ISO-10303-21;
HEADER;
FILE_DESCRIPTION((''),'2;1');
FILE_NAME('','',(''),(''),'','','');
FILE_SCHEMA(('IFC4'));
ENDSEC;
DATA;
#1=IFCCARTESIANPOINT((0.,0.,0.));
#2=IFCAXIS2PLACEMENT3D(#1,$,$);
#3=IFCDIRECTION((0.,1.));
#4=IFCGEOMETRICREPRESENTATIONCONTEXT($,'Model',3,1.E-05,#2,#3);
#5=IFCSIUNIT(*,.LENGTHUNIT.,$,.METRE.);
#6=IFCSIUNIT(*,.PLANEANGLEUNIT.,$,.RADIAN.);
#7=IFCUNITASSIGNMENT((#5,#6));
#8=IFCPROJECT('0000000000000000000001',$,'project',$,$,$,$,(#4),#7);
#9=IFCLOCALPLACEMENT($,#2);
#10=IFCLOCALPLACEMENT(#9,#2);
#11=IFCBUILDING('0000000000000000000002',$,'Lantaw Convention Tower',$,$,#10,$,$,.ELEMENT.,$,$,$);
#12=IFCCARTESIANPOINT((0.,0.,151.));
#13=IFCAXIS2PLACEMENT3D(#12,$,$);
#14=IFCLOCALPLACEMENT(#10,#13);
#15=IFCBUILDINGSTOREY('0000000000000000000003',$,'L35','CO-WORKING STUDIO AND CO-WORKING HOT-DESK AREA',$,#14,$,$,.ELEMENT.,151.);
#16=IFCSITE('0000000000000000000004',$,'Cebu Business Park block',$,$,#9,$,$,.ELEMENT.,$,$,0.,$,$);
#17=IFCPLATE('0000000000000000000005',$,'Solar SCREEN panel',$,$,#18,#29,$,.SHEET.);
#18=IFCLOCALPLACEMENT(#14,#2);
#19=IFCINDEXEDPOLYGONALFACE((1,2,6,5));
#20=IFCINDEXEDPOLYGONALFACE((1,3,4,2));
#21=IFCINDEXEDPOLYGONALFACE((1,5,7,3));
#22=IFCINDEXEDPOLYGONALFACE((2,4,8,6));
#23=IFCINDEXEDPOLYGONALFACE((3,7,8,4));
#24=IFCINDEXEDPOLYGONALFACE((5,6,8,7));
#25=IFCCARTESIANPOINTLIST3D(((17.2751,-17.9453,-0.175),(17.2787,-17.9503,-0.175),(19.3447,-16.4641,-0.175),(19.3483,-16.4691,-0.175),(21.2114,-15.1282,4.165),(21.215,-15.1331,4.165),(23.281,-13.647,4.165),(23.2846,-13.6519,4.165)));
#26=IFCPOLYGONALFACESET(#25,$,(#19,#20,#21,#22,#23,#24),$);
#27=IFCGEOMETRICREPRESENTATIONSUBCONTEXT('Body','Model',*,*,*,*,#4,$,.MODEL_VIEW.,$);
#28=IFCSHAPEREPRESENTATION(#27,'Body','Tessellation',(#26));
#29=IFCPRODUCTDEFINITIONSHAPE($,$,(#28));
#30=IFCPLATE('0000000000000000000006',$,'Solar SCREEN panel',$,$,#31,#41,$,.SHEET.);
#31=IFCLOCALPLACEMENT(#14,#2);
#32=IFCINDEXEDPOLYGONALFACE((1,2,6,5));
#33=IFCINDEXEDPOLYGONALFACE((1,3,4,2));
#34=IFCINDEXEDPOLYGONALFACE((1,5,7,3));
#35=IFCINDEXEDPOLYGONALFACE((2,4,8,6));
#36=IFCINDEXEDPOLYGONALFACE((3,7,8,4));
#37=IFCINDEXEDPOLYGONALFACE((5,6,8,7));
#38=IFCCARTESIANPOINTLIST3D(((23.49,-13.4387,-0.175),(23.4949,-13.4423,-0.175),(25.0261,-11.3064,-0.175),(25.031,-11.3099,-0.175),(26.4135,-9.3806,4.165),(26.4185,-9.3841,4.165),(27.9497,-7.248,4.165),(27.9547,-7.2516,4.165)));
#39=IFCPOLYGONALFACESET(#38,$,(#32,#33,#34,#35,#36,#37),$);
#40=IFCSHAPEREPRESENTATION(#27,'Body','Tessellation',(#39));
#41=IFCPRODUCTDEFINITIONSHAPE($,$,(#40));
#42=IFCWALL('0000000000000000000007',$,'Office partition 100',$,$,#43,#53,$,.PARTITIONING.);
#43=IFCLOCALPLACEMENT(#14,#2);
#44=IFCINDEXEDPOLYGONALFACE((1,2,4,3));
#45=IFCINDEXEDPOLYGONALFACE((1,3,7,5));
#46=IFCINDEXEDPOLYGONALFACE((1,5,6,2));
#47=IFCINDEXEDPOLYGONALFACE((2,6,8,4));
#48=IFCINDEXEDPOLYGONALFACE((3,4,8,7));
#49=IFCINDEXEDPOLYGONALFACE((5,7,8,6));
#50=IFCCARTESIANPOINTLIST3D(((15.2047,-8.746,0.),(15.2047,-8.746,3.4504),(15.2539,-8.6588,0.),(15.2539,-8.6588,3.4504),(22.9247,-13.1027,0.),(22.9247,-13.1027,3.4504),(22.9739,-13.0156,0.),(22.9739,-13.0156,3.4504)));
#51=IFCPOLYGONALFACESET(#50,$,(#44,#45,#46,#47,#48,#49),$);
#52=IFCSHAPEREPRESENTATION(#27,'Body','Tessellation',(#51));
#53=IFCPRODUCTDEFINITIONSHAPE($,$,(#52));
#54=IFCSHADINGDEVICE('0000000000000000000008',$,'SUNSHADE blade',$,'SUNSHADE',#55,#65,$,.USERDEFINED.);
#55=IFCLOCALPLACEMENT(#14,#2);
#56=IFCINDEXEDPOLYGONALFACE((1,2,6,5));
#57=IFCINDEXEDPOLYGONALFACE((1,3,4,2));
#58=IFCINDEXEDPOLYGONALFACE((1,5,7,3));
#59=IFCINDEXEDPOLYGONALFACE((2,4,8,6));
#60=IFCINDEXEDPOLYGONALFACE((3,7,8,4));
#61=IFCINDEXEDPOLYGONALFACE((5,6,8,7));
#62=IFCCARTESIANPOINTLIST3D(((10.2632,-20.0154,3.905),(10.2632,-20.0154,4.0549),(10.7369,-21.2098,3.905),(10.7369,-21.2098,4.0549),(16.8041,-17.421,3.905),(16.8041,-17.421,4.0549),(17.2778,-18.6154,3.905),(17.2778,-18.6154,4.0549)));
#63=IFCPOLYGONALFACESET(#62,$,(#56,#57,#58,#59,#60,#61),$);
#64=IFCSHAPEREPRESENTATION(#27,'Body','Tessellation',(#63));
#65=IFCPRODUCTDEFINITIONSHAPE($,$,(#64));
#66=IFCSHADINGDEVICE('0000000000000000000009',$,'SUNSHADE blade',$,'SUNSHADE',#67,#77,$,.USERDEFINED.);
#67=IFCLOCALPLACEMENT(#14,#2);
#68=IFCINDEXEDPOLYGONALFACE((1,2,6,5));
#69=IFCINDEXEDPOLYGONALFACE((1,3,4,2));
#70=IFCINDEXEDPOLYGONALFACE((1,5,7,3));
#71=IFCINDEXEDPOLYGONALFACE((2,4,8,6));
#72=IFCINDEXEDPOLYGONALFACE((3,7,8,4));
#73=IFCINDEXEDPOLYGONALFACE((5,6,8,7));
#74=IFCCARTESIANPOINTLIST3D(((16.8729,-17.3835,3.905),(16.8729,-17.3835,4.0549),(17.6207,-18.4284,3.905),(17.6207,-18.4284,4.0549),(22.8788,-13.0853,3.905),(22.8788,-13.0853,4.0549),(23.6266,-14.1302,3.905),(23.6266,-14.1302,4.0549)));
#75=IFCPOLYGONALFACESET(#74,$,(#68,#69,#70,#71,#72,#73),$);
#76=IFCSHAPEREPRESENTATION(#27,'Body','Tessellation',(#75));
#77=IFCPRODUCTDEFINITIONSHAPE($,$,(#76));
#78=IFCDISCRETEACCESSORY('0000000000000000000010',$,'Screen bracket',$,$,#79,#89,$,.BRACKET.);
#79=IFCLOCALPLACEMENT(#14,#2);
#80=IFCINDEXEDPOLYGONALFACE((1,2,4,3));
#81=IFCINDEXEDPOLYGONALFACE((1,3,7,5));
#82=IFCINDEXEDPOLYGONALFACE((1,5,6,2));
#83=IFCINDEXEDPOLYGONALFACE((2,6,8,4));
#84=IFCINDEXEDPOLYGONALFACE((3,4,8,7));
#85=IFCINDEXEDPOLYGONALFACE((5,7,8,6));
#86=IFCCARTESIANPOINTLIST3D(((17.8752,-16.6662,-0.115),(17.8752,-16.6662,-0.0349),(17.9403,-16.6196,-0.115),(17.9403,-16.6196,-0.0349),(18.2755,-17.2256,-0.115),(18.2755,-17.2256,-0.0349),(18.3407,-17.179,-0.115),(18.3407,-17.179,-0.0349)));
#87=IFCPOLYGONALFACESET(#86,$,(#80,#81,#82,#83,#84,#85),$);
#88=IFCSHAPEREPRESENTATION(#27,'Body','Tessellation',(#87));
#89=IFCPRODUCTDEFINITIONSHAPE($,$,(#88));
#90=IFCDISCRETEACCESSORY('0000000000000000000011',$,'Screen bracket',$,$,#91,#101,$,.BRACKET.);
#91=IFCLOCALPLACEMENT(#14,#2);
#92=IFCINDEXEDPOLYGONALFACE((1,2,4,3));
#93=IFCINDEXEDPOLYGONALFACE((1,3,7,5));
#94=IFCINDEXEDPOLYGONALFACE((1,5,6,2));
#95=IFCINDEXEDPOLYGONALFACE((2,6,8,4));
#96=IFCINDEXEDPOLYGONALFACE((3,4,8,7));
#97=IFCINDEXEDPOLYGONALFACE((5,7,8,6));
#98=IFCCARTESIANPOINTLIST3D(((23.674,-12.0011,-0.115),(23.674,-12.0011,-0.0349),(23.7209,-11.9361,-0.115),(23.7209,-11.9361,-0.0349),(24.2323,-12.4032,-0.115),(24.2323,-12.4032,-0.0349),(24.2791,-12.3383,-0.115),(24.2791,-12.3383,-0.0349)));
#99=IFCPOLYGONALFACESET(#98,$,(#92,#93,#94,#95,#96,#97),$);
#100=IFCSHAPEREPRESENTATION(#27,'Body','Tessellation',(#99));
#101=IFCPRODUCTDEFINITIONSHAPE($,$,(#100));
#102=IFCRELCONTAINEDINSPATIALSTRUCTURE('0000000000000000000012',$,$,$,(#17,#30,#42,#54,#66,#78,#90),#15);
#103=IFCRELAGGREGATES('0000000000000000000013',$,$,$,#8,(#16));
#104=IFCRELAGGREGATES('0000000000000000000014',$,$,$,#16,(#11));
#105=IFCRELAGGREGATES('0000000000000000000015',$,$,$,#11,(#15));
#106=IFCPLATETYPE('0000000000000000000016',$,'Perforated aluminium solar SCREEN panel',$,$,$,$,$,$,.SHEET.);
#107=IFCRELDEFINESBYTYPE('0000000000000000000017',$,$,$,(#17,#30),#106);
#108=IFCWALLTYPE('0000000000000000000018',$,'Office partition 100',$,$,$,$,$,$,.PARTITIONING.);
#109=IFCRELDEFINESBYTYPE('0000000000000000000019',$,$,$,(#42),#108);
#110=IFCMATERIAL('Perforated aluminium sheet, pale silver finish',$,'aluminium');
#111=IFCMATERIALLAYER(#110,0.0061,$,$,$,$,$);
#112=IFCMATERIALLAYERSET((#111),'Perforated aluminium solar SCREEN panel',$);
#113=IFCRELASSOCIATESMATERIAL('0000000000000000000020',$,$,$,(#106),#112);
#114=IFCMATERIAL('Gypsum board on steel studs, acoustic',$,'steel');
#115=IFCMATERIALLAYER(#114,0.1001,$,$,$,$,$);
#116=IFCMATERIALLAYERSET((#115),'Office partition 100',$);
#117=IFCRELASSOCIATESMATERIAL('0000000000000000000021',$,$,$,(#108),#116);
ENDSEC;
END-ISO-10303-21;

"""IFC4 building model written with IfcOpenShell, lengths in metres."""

from ifc_helpers import new_model, si_unit, direction, frame, frame_2d, origin, origin_2d, place, context, subcontext, project, spatial, polyline, rectangle, outline, extrude, material, layer, layer_set, type_object, element, save


model = new_model("IFC4")

# Units and contexts
model_context = context("Model", 3, precision=1e-05, world=origin(), true_north=direction((0.0, 1.0)))
body_context = subcontext(model_context, "Body", "Model", "MODEL_VIEW")
ifc_project = project(units=[si_unit("LENGTHUNIT", "METRE"), si_unit("PLANEANGLEUNIT", "RADIAN")], contexts=[model_context])

# Site, building, storey
site_placement = place(None, origin())
site = spatial("IfcSite", under=ifc_project, at=site_placement, Name="Cebu Business Park block", CompositionType="ELEMENT", RefElevation=0.0)
building_placement = place(site_placement, origin())
building = spatial("IfcBuilding", under=site, at=building_placement, Name="Lantaw Convention Tower", CompositionType="ELEMENT")
storey_placement = place(building_placement, frame((0.0, 0.0, 151.0)))
storey = spatial("IfcBuildingStorey", under=building, at=storey_placement, Name="L35", Description="CO-WORKING STUDIO AND CO-WORKING HOT-DESK AREA", CompositionType="ELEMENT", Elevation=151.0)

# Plates
ifc_material_1 = material(Name="Perforated aluminium sheet, pale silver finish", Category="aluminium")
ifc_layer_1 = layer(ifc_material_1, 0.0061)
ifc_layer_set_1 = layer_set([ifc_layer_1], Name="Perforated aluminium solar SCREEN panel")
plate_type_1 = type_object("IfcPlateType", Name="Perforated aluminium solar SCREEN panel", PredefinedType="SHEET", material=ifc_layer_set_1)
plate_1_placement = place(storey_placement, frame((17.2751, -17.9453, -0.175), z_axis=(-0.582, 0.813189, 0.000012), x_axis=(0.813189, 0.582, 0.0)))
element("IfcPlate", 1, at=plate_1_placement, inside=storey, type_object=plate_type_1, Name="Solar SCREEN panel", PredefinedType="SHEET", context=body_context, shape_type="SweptSolid", body=[
    extrude(outline(polyline([(0.0, 0.0), (2.545, 0.0), (7.3855, -4.3401), (4.8405, -4.3401), (0.0, 0.0)])), origin(), (0.0, 0.0, -1.0), 0.0061),
])
plate_2_placement = place(storey_placement, frame((23.49, -13.4387, -0.175), z_axis=(-0.811395, 0.584498, 0.000036), x_axis=(0.584498, 0.811395, 0.0)))
element("IfcPlate", 2, at=plate_2_placement, inside=storey, type_object=plate_type_1, Name="Solar SCREEN panel", PredefinedType="SHEET", context=body_context, shape_type="SweptSolid", body=[
    extrude(outline(polyline([(0.0, 0.0), (2.628, 0.0), (7.6298, -4.3401), (5.0016, -4.3401), (0.0, 0.0)])), origin(), (0.0, 0.0, -1.0), 0.0061),
])

# Wall
ifc_material_2 = material(Name="Gypsum board on steel studs, acoustic", Category="steel")
ifc_layer_2 = layer(ifc_material_2, 0.1001)
ifc_layer_set_2 = layer_set([ifc_layer_2], Name="Office partition 100")
wall_type = type_object("IfcWallType", Name="Office partition 100", PredefinedType="PARTITIONING", material=ifc_layer_set_2)
wall_placement = place(storey_placement, frame((22.9492, -13.0591, 0.0), z_axis=(0.0, 0.0, 1.0), x_axis=(-0.87089, 0.491478, 0.0)))
element("IfcWall", 3, at=wall_placement, inside=storey, type_object=wall_type, Name="Office partition 100", PredefinedType="PARTITIONING", context=body_context, shape_type="SweptSolid", body=[
    extrude(rectangle(XDim=8.8645, YDim=0.1001, at=frame_2d((4.4321, 0.0))), origin(), (0.0, 0.0, 1.0), 3.4504),
])

# Shading devices
shading_device_1_placement = place(storey_placement, frame((13.7705, -19.3154, 3.905), z_axis=(0.0, 0.0, 1.0), x_axis=(0.929548, 0.368702, 0.0)))
element("IfcShadingDevice", 4, at=shading_device_1_placement, inside=storey, Name="SUNSHADE blade", ObjectType="SUNSHADE", PredefinedType="USERDEFINED", context=body_context, shape_type="SweptSolid", body=[
    extrude(rectangle(XDim=7.0366, YDim=1.2849, at=origin_2d()), origin(), (0.0, 0.0, 1.0), 0.1499),
])
shading_device_2_placement = place(storey_placement, frame((20.2498, -15.7568, 3.905), z_axis=(0.0, 0.0, 1.0), x_axis=(0.813208, 0.581973, 0.0)))
element("IfcShadingDevice", 5, at=shading_device_2_placement, inside=storey, Name="SUNSHADE blade", ObjectType="SUNSHADE", PredefinedType="USERDEFINED", context=body_context, shape_type="SweptSolid", body=[
    extrude(rectangle(XDim=7.3855, YDim=1.2849, at=origin_2d()), origin(), (0.0, 0.0, 1.0), 0.1499),
])

# Discrete accessories
for number, where, z_axis, x_axis, name in (
    (6, (18.1079, -16.9226, -0.115), (0.0, 0.0, 1.0), (0.813208, 0.581973, 0.0), "Screen bracket"),
    (7, (23.9766, -12.1697, -0.115), (0.0, 0.0, 1.0), (0.584513, 0.811385, 0.0), "Screen bracket"),
):
    element("IfcDiscreteAccessory", number, at=place(storey_placement, frame(where, z_axis=z_axis, x_axis=x_axis)), inside=storey, Name=name, PredefinedType="BRACKET", context=body_context, shape_type="SweptSolid", body=[
        extrude(rectangle(XDim=0.0801, YDim=0.688, at=origin_2d()), origin(), (0.0, 0.0, 1.0), 0.0801),
    ])

save(model, "model.ifc")
